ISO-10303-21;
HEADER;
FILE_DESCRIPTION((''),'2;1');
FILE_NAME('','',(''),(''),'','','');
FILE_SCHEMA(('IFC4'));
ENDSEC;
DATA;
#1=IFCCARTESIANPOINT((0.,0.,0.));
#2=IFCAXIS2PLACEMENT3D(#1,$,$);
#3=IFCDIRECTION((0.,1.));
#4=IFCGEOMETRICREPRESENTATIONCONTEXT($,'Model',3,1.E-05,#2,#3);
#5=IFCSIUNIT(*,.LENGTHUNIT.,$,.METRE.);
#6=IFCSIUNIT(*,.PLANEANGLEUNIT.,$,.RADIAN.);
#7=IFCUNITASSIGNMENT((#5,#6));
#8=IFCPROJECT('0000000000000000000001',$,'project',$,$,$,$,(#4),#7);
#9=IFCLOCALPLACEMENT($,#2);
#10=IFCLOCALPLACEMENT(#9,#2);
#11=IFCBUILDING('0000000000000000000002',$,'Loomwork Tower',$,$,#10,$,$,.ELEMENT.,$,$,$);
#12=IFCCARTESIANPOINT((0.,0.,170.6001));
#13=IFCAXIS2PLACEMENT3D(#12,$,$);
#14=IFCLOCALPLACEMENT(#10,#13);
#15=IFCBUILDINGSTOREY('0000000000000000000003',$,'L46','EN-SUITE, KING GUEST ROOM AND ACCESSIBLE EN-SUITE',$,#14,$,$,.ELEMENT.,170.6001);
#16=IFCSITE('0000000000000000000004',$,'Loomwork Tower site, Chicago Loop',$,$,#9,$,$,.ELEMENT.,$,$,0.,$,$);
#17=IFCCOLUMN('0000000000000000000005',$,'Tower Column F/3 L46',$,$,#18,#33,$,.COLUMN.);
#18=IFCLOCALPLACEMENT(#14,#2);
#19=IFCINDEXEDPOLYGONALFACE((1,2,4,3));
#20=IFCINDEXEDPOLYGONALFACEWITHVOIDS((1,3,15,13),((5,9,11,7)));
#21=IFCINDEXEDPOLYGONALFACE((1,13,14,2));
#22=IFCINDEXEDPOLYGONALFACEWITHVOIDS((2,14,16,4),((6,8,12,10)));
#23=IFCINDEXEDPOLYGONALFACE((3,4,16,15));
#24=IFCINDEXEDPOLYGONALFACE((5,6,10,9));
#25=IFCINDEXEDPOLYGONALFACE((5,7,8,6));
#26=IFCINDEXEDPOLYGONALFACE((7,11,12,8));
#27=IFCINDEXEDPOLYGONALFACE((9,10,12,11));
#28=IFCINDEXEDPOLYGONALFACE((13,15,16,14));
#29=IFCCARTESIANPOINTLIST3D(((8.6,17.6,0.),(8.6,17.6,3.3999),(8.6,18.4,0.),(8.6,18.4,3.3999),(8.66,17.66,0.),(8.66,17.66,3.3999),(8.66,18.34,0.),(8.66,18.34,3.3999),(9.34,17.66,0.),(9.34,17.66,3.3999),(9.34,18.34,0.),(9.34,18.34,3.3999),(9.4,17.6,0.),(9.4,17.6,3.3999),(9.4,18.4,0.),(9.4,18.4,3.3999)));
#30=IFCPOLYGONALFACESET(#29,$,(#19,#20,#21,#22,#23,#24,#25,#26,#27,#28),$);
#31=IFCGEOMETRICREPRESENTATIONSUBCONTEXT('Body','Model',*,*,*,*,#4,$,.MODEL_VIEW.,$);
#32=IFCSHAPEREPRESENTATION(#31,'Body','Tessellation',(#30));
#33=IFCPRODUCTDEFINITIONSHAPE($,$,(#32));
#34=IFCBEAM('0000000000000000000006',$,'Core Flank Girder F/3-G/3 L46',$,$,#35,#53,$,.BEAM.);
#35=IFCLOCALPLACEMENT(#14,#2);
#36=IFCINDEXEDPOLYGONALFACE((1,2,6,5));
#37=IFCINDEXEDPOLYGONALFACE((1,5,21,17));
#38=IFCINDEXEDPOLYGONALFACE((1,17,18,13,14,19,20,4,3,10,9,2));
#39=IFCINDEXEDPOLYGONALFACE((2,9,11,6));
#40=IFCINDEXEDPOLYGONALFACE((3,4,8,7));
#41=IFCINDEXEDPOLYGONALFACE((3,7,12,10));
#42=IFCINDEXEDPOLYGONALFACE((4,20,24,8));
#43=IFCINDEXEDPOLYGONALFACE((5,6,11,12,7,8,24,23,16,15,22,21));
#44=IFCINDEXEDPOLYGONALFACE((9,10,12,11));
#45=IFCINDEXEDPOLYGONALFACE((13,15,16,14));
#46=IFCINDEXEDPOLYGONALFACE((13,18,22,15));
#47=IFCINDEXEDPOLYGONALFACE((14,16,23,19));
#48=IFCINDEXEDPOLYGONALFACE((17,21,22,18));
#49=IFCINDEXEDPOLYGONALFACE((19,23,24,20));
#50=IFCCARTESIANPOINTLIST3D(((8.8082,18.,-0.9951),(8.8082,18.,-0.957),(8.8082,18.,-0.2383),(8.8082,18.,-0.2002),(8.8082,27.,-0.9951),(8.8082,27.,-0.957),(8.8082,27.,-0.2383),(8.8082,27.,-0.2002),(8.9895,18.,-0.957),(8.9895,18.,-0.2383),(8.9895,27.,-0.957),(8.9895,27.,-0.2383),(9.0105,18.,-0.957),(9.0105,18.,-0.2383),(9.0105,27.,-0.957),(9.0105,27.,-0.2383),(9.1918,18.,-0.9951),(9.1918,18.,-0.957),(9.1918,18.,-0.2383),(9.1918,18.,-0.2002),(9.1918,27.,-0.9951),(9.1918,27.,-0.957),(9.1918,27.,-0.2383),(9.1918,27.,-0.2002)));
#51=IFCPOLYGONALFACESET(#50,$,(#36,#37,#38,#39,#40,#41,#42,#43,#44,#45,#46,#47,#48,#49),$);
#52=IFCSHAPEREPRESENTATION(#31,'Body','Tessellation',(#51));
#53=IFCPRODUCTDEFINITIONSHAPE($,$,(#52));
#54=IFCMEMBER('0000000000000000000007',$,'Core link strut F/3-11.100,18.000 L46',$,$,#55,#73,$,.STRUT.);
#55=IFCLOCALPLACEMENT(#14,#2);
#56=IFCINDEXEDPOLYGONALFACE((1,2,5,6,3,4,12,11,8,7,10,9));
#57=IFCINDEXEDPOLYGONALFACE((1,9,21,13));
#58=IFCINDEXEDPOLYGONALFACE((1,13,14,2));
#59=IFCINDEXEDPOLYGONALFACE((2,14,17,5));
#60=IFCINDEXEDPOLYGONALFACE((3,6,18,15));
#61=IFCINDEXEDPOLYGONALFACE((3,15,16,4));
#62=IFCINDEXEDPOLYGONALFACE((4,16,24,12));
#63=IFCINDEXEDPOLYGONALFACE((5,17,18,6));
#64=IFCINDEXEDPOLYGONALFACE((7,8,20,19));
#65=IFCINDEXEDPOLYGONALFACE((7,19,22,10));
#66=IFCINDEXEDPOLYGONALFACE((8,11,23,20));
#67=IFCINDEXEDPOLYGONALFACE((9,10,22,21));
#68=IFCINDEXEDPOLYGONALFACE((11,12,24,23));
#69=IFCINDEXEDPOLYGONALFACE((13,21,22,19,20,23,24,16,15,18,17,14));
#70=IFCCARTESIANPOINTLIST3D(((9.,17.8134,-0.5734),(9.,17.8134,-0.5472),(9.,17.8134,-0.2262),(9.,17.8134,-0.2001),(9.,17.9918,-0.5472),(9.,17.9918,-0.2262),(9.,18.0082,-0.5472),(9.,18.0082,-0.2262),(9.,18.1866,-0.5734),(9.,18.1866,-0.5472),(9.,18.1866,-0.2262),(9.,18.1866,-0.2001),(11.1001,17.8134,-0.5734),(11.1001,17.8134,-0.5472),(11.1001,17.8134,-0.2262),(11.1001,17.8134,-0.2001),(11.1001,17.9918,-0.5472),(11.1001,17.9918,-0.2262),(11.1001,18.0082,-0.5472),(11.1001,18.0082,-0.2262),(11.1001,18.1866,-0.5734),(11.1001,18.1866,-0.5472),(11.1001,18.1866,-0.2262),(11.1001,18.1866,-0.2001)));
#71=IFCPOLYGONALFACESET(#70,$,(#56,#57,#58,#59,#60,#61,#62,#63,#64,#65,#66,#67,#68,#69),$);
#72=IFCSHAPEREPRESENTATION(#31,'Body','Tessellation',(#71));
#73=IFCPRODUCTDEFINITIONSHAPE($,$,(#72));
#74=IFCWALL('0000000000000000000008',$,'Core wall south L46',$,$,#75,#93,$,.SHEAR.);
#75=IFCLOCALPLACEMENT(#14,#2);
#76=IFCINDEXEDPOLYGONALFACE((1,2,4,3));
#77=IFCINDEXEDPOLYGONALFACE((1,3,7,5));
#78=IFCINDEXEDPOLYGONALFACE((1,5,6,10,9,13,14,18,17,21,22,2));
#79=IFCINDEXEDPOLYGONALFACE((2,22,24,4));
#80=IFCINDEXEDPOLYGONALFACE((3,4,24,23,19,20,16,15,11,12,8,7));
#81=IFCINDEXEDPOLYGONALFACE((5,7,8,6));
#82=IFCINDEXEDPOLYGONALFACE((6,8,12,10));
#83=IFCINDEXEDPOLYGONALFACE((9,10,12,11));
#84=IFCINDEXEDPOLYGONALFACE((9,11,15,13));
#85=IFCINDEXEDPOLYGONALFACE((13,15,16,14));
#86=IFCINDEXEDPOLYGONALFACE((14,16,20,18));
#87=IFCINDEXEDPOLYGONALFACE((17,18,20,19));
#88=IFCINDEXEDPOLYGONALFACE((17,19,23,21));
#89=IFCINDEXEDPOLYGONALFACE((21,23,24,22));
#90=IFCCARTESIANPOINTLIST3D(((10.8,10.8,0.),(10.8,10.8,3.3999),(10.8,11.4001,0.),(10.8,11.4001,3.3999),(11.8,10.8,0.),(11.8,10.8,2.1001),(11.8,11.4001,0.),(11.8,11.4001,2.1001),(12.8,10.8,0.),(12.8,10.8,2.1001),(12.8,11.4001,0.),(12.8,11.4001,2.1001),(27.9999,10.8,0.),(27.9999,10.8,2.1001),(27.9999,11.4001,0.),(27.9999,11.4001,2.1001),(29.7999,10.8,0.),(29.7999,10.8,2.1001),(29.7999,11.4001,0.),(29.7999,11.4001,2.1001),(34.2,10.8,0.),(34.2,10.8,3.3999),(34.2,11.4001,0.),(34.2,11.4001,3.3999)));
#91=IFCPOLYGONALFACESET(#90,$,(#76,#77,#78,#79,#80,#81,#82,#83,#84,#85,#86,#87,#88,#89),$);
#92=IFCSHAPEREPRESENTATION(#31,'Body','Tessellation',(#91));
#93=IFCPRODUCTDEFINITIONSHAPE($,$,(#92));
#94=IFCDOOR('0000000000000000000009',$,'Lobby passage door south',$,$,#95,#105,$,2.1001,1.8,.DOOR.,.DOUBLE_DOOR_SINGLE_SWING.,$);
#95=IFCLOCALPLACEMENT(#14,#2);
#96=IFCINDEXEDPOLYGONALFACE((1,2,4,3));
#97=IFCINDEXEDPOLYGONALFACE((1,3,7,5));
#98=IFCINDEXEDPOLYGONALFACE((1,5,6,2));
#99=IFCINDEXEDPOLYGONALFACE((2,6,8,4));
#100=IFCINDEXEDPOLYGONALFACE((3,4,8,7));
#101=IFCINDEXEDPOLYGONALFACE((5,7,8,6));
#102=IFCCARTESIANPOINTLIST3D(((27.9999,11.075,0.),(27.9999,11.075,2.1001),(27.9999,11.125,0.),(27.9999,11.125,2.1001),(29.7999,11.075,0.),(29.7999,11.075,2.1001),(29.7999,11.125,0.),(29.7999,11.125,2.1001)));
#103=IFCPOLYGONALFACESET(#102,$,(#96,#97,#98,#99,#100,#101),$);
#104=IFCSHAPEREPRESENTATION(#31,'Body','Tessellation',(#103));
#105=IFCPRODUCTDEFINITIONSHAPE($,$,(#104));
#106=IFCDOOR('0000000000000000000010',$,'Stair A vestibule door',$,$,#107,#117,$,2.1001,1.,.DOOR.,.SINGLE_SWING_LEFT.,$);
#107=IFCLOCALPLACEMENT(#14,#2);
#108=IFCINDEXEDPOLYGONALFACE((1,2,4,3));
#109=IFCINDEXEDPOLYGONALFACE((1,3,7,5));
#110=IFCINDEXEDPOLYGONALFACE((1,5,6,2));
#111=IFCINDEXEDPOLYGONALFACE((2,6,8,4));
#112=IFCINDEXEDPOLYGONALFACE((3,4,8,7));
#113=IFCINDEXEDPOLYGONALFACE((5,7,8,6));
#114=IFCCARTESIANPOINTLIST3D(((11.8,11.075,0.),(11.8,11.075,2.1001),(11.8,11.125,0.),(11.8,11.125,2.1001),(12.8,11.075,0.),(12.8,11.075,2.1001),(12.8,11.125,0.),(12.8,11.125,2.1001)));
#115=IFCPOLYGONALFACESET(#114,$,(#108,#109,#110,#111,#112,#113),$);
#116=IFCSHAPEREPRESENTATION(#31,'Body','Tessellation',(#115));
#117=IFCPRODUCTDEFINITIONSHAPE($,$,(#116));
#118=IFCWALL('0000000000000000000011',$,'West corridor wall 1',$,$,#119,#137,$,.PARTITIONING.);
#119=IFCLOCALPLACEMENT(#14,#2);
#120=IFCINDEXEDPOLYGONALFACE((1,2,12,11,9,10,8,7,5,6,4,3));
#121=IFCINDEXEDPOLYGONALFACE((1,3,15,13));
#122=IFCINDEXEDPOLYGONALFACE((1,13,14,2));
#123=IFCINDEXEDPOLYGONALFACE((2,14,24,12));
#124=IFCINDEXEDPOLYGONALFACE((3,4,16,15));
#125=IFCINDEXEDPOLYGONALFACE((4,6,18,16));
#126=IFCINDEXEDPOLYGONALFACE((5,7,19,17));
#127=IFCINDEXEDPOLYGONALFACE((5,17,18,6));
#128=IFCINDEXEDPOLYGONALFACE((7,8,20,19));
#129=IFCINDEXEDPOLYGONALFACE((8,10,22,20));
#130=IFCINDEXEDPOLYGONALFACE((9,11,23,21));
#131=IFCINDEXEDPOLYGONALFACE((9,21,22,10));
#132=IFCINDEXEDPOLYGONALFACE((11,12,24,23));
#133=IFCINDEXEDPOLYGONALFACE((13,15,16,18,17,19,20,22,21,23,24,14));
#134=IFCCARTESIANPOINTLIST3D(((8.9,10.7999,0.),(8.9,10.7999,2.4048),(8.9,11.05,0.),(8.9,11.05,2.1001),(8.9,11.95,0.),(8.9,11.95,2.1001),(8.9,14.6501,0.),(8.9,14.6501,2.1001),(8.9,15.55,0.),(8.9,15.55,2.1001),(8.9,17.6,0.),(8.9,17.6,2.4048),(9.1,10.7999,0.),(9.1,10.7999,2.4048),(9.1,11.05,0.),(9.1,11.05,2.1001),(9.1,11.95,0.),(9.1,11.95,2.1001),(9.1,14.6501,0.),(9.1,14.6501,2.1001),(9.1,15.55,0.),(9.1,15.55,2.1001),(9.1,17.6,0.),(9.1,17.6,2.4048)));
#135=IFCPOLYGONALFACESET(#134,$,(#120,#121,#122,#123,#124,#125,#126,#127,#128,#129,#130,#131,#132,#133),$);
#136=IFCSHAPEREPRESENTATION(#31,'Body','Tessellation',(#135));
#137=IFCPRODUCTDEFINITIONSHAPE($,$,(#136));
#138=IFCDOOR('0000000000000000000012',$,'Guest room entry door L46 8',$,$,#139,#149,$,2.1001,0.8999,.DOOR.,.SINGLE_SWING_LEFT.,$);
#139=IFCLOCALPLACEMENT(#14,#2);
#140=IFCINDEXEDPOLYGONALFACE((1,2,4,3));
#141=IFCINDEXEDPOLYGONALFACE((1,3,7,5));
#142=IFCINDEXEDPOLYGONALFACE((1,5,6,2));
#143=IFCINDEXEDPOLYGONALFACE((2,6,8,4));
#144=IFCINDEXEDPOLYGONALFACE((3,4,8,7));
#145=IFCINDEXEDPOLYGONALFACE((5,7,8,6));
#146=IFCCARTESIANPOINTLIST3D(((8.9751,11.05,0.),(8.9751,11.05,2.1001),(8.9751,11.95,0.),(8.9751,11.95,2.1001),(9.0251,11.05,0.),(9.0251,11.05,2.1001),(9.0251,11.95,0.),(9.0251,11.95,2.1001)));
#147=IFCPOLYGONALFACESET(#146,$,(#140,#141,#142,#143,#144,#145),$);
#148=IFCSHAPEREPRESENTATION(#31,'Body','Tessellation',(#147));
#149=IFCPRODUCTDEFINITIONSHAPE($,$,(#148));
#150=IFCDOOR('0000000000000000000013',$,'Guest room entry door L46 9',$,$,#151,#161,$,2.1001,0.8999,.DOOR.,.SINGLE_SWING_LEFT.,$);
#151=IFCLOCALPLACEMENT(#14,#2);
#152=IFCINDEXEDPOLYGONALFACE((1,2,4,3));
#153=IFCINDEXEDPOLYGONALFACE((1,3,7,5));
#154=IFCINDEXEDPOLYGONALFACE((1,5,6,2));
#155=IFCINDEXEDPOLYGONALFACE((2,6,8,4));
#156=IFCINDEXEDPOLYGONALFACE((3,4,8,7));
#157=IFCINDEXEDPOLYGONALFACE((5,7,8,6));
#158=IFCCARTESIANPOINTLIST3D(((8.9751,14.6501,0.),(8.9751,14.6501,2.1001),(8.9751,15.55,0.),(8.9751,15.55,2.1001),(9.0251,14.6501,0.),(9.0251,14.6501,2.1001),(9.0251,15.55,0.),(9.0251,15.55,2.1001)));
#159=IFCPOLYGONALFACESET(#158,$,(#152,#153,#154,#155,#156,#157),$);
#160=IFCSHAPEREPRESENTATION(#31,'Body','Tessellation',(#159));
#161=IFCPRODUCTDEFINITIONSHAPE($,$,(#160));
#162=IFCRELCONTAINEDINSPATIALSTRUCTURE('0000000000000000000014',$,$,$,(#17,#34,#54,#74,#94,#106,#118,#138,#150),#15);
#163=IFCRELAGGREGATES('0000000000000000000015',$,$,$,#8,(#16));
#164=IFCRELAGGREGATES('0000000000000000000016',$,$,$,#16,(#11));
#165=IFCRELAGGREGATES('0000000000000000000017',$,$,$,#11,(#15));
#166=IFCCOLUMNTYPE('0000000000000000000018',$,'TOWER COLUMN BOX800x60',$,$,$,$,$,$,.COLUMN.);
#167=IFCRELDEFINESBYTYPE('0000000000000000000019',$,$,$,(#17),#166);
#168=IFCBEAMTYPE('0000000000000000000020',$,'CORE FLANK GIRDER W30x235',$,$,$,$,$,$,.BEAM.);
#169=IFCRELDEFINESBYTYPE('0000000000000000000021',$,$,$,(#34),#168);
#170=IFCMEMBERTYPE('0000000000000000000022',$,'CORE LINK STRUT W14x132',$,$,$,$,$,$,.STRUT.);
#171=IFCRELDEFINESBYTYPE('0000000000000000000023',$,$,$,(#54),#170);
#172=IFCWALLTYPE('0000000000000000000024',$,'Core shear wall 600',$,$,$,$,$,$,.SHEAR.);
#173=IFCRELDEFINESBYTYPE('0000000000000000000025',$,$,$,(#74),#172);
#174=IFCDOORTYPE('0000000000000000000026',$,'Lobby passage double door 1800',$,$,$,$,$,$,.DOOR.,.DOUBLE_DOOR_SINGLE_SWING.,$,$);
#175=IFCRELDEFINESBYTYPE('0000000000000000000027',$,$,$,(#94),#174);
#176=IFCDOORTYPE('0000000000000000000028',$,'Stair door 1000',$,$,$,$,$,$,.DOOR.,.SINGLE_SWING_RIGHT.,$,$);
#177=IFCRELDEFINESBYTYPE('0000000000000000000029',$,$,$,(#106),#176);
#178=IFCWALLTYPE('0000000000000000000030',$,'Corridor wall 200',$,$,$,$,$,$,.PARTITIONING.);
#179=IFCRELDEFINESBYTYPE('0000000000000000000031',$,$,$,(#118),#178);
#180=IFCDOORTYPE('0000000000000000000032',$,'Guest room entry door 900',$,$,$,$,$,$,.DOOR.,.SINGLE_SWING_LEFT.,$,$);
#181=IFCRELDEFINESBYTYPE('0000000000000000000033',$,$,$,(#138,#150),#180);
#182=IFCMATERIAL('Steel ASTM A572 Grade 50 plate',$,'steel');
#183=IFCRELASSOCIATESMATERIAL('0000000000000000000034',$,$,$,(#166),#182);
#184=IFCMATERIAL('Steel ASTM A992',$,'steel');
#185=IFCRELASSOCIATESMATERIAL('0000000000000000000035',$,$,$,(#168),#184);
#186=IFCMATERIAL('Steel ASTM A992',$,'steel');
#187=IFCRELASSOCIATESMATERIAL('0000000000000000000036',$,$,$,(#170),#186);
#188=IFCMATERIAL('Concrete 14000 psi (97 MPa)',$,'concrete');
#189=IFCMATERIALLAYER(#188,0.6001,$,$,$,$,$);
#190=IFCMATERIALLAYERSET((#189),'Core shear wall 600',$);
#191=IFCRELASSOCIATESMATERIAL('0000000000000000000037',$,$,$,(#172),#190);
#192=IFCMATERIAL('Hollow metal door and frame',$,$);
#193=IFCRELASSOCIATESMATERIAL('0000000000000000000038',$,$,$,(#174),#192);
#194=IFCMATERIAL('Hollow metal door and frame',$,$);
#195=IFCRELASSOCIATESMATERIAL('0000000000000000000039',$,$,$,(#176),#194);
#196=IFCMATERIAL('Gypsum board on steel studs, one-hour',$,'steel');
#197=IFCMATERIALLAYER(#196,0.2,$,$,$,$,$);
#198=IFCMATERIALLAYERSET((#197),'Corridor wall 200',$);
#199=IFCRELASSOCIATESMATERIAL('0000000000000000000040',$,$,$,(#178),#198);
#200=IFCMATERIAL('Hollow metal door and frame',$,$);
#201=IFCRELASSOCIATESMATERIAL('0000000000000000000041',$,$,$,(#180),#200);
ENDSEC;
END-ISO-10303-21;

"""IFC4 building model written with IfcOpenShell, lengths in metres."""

from ifc_helpers import new_model, si_unit, direction, frame, frame_2d, origin, origin_2d, place, context, subcontext, project, spatial, rectangle, hollow_rectangle, i_section, extrude, material, layer, layer_set, material_profile, profile_set, type_object, element, fill, save


model = new_model("IFC4")

# Units and contexts
model_context = context("Model", 3, precision=1e-05, world=origin(), true_north=direction((0.0, 1.0)))
body_context = subcontext(model_context, "Body", "Model", "MODEL_VIEW")
ifc_project = project(units=[si_unit("LENGTHUNIT", "METRE"), si_unit("PLANEANGLEUNIT", "RADIAN")], contexts=[model_context])

# Site, building, storey
site_placement = place(None, origin())
site = spatial("IfcSite", under=ifc_project, at=site_placement, Name="Loomwork Tower site, Chicago Loop", CompositionType="ELEMENT", RefElevation=0.0)
building_placement = place(site_placement, origin())
building = spatial("IfcBuilding", under=site, at=building_placement, Name="Loomwork Tower", CompositionType="ELEMENT")
storey_placement = place(building_placement, frame((0.0, 0.0, 170.6001)))
storey = spatial("IfcBuildingStorey", under=building, at=storey_placement, Name="L46", Description="EN-SUITE, KING GUEST ROOM AND ACCESSIBLE EN-SUITE", CompositionType="ELEMENT", Elevation=170.6001)

# Column
ifc_material_1 = material(Name="Steel ASTM A572 Grade 50 plate", Category="steel")
ifc_material_profile_1 = material_profile(ifc_material_1, hollow_rectangle(XDim=0.8, YDim=0.8, WallThickness=0.0601, at=origin_2d()), Name="BOX800x60")
ifc_profile_set_1 = profile_set([ifc_material_profile_1], Name="Steel ASTM A572 Grade 50 plate")
column_type = type_object("IfcColumnType", Name="TOWER COLUMN BOX800x60", PredefinedType="COLUMN", material=ifc_profile_set_1)
column_placement = place(storey_placement, frame((9.0, 18.0, 0.0), z_axis=(0.0, 0.0, 1.0), x_axis=(1.0, 0.0, 0.0)))
element("IfcColumn", 1, at=column_placement, inside=storey, type_object=column_type, Name="Tower Column F/3 L46", PredefinedType="COLUMN", context=body_context, shape_type="SweptSolid", body=[
    extrude(hollow_rectangle(XDim=0.8, YDim=0.8, WallThickness=0.0601, at=origin_2d()), origin(), (0.0, 0.0, 1.0), 3.3999),
])

# Beam
ifc_material_2 = material(Name="Steel ASTM A992", Category="steel")
ifc_material_profile_2 = material_profile(ifc_material_2, i_section(OverallWidth=0.3835, OverallDepth=0.7949, WebThickness=0.021, FlangeThickness=0.0381, at=origin_2d()), Name="W30x235")
ifc_profile_set_2 = profile_set([ifc_material_profile_2], Name="Steel ASTM A992")
beam_type = type_object("IfcBeamType", Name="CORE FLANK GIRDER W30x235", PredefinedType="BEAM", material=ifc_profile_set_2)
beam_placement = place(storey_placement, frame((9.0, 18.0, -0.5977), z_axis=(0.0, 1.0, 0.0), x_axis=(-1.0, 0.0, 0.0)))
element("IfcBeam", 2, at=beam_placement, inside=storey, type_object=beam_type, Name="Core Flank Girder F/3-G/3 L46", PredefinedType="BEAM", context=body_context, shape_type="SweptSolid", body=[
    extrude(i_section(OverallWidth=0.3835, OverallDepth=0.7949, WebThickness=0.021, FlangeThickness=0.0381, at=origin_2d()), origin(), (0.0, 0.0, 1.0), 9.0),
])

# Member
ifc_material_3 = material(Name="Steel ASTM A992", Category="steel")
ifc_material_profile_3 = material_profile(ifc_material_3, i_section(OverallWidth=0.3733, OverallDepth=0.3733, WebThickness=0.0164, FlangeThickness=0.0261, at=origin_2d()), Name="W14x132")
ifc_profile_set_3 = profile_set([ifc_material_profile_3], Name="Steel ASTM A992")
member_type = type_object("IfcMemberType", Name="CORE LINK STRUT W14x132", PredefinedType="STRUT", material=ifc_profile_set_3)
member_placement = place(storey_placement, frame((9.0, 18.0, -0.3867), z_axis=(1.0, 0.0, 0.0), x_axis=(0.0, 1.0, 0.0)))
element("IfcMember", 3, at=member_placement, inside=storey, type_object=member_type, Name="Core link strut F/3-11.100,18.000 L46", PredefinedType="STRUT", context=body_context, shape_type="SweptSolid", body=[
    extrude(i_section(OverallWidth=0.3733, OverallDepth=0.3733, WebThickness=0.0164, FlangeThickness=0.0261, at=origin_2d()), origin(), (0.0, 0.0, 1.0), 2.1001),
])

# Walls, openings, doors
ifc_material_4 = material(Name="Concrete 14000 psi (97 MPa)", Category="concrete")
ifc_layer_1 = layer(ifc_material_4, 0.6001)
ifc_layer_set_1 = layer_set([ifc_layer_1], Name="Core shear wall 600")
wall_type_1 = type_object("IfcWallType", Name="Core shear wall 600", PredefinedType="SHEAR", material=ifc_layer_set_1)
wall_1_placement = place(storey_placement, frame((10.8, 11.1001, 0.0), z_axis=(0.0, 0.0, 1.0), x_axis=(1.0, 0.0, 0.0)))
wall_1 = element("IfcWall", 4, at=wall_1_placement, inside=storey, type_object=wall_type_1, Name="Core wall south L46", PredefinedType="SHEAR", context=body_context, shape_type="SweptSolid", body=[
    extrude(rectangle(XDim=23.3999, YDim=0.6001, at=frame_2d((11.7, 0.0))), origin(), (0.0, 0.0, 1.0), 3.3999),
])
opening_1_placement = place(wall_1_placement, frame((1.0, 0.0, 0.0)))
opening_1 = element("IfcOpeningElement", 5, at=opening_1_placement, cuts=wall_1, PredefinedType="OPENING", context=body_context, shape_type="SweptSolid", body=[
    extrude(rectangle(XDim=1.0, YDim=2.1001, at=frame_2d((0.5, 1.05))), frame((0.0, 0.3101, 0.0), z_axis=(0.0, -1.0, 0.0), x_axis=(1.0, 0.0, 0.0)), (0.0, 0.0, 1.0), 0.6201),
])
opening_2_placement = place(wall_1_placement, frame((17.2, 0.0, 0.0)))
opening_2 = element("IfcOpeningElement", 6, at=opening_2_placement, cuts=wall_1, PredefinedType="OPENING", context=body_context, shape_type="SweptSolid", body=[
    extrude(rectangle(XDim=1.8, YDim=2.1001, at=frame_2d((0.8999, 1.05))), frame((0.0, 0.3101, 0.0), z_axis=(0.0, -1.0, 0.0), x_axis=(1.0, 0.0, 0.0)), (0.0, 0.0, 1.0), 0.6201),
])
ifc_material_5 = material(Name="Hollow metal door and frame")
door_type_1 = type_object("IfcDoorType", Name="Lobby passage double door 1800", OperationType="DOUBLE_DOOR_SINGLE_SWING", PredefinedType="DOOR", material=ifc_material_5)
door_1_placement = place(opening_2_placement, origin())
door_1 = element("IfcDoor", 7, at=door_1_placement, inside=storey, type_object=door_type_1, Name="Lobby passage door south", OperationType="DOUBLE_DOOR_SINGLE_SWING", OverallHeight=2.1001, OverallWidth=1.8, PredefinedType="DOOR", context=body_context, shape_type="SweptSolid", body=[
    extrude(rectangle(XDim=1.8, YDim=2.1001, at=frame_2d((0.8999, 1.05))), frame((0.0, 0.0249, 0.0), z_axis=(0.0, -1.0, 0.0), x_axis=(1.0, 0.0, 0.0)), (0.0, 0.0, 1.0), 0.05),
])
fill(opening_2, door_1)
ifc_material_6 = material(Name="Hollow metal door and frame")
door_type_2 = type_object("IfcDoorType", Name="Stair door 1000", OperationType="SINGLE_SWING_RIGHT", PredefinedType="DOOR", material=ifc_material_6)
door_2_placement = place(opening_1_placement, origin())
door_2 = element("IfcDoor", 8, at=door_2_placement, inside=storey, type_object=door_type_2, Name="Stair A vestibule door", OperationType="SINGLE_SWING_LEFT", OverallHeight=2.1001, OverallWidth=1.0, PredefinedType="DOOR", context=body_context, shape_type="SweptSolid", body=[
    extrude(rectangle(XDim=1.0, YDim=2.1001, at=frame_2d((0.5, 1.05))), frame((0.0, 0.0249, 0.0), z_axis=(0.0, -1.0, 0.0), x_axis=(1.0, 0.0, 0.0)), (0.0, 0.0, 1.0), 0.05),
])
fill(opening_1, door_2)
ifc_material_7 = material(Name="Gypsum board on steel studs, one-hour", Category="steel")
ifc_layer_2 = layer(ifc_material_7, 0.2)
ifc_layer_set_2 = layer_set([ifc_layer_2], Name="Corridor wall 200")
wall_type_2 = type_object("IfcWallType", Name="Corridor wall 200", PredefinedType="PARTITIONING", material=ifc_layer_set_2)
wall_2_placement = place(storey_placement, frame((9.0, 10.8, 0.0), z_axis=(0.0, 0.0, 1.0), x_axis=(0.0, 1.0, 0.0)))
wall_2 = element("IfcWall", 9, at=wall_2_placement, inside=storey, type_object=wall_type_2, Name="West corridor wall 1", PredefinedType="PARTITIONING", context=body_context, shape_type="SweptSolid", body=[
    extrude(rectangle(XDim=6.8, YDim=0.2, at=frame_2d((3.3999, 0.0))), origin(), (0.0, 0.0, 1.0), 2.4048),
])
opening_3_placement = place(wall_2_placement, frame((0.25, 0.0, 0.0)))
opening_3 = element("IfcOpeningElement", 10, at=opening_3_placement, cuts=wall_2, PredefinedType="OPENING", context=body_context, shape_type="SweptSolid", body=[
    extrude(rectangle(XDim=0.8999, YDim=2.1001, at=frame_2d((0.45, 1.05))), frame((0.0, 0.1099, 0.0), z_axis=(0.0, -1.0, 0.0), x_axis=(1.0, 0.0, 0.0)), (0.0, 0.0, 1.0), 0.22),
])
opening_4_placement = place(wall_2_placement, frame((3.8501, 0.0, 0.0)))
opening_4 = element("IfcOpeningElement", 11, at=opening_4_placement, cuts=wall_2, PredefinedType="OPENING", context=body_context, shape_type="SweptSolid", body=[
    extrude(rectangle(XDim=0.8999, YDim=2.1001, at=frame_2d((0.45, 1.05))), frame((0.0, 0.1099, 0.0), z_axis=(0.0, -1.0, 0.0), x_axis=(1.0, 0.0, 0.0)), (0.0, 0.0, 1.0), 0.22),
])
ifc_material_8 = material(Name="Hollow metal door and frame")
door_type_3 = type_object("IfcDoorType", Name="Guest room entry door 900", OperationType="SINGLE_SWING_LEFT", PredefinedType="DOOR", material=ifc_material_8)
door_3_placement = place(opening_3_placement, origin())
door_3 = element("IfcDoor", 12, at=door_3_placement, inside=storey, type_object=door_type_3, Name="Guest room entry door L46 8", OperationType="SINGLE_SWING_LEFT", OverallHeight=2.1001, OverallWidth=0.8999, PredefinedType="DOOR", context=body_context, shape_type="SweptSolid", body=[
    extrude(rectangle(XDim=0.8999, YDim=2.1001, at=frame_2d((0.45, 1.05))), frame((0.0, 0.0249, 0.0), z_axis=(0.0, -1.0, 0.0), x_axis=(1.0, 0.0, 0.0)), (0.0, 0.0, 1.0), 0.05),
])
fill(opening_3, door_3)
door_4_placement = place(opening_4_placement, origin())
door_4 = element("IfcDoor", 13, at=door_4_placement, inside=storey, type_object=door_type_3, Name="Guest room entry door L46 9", OperationType="SINGLE_SWING_LEFT", OverallHeight=2.1001, OverallWidth=0.8999, PredefinedType="DOOR", context=body_context, shape_type="SweptSolid", body=[
    extrude(rectangle(XDim=0.8999, YDim=2.1001, at=frame_2d((0.45, 1.05))), frame((0.0, 0.0249, 0.0), z_axis=(0.0, -1.0, 0.0), x_axis=(1.0, 0.0, 0.0)), (0.0, 0.0, 1.0), 0.05),
])
fill(opening_4, door_4)

save(model, "model.ifc")
